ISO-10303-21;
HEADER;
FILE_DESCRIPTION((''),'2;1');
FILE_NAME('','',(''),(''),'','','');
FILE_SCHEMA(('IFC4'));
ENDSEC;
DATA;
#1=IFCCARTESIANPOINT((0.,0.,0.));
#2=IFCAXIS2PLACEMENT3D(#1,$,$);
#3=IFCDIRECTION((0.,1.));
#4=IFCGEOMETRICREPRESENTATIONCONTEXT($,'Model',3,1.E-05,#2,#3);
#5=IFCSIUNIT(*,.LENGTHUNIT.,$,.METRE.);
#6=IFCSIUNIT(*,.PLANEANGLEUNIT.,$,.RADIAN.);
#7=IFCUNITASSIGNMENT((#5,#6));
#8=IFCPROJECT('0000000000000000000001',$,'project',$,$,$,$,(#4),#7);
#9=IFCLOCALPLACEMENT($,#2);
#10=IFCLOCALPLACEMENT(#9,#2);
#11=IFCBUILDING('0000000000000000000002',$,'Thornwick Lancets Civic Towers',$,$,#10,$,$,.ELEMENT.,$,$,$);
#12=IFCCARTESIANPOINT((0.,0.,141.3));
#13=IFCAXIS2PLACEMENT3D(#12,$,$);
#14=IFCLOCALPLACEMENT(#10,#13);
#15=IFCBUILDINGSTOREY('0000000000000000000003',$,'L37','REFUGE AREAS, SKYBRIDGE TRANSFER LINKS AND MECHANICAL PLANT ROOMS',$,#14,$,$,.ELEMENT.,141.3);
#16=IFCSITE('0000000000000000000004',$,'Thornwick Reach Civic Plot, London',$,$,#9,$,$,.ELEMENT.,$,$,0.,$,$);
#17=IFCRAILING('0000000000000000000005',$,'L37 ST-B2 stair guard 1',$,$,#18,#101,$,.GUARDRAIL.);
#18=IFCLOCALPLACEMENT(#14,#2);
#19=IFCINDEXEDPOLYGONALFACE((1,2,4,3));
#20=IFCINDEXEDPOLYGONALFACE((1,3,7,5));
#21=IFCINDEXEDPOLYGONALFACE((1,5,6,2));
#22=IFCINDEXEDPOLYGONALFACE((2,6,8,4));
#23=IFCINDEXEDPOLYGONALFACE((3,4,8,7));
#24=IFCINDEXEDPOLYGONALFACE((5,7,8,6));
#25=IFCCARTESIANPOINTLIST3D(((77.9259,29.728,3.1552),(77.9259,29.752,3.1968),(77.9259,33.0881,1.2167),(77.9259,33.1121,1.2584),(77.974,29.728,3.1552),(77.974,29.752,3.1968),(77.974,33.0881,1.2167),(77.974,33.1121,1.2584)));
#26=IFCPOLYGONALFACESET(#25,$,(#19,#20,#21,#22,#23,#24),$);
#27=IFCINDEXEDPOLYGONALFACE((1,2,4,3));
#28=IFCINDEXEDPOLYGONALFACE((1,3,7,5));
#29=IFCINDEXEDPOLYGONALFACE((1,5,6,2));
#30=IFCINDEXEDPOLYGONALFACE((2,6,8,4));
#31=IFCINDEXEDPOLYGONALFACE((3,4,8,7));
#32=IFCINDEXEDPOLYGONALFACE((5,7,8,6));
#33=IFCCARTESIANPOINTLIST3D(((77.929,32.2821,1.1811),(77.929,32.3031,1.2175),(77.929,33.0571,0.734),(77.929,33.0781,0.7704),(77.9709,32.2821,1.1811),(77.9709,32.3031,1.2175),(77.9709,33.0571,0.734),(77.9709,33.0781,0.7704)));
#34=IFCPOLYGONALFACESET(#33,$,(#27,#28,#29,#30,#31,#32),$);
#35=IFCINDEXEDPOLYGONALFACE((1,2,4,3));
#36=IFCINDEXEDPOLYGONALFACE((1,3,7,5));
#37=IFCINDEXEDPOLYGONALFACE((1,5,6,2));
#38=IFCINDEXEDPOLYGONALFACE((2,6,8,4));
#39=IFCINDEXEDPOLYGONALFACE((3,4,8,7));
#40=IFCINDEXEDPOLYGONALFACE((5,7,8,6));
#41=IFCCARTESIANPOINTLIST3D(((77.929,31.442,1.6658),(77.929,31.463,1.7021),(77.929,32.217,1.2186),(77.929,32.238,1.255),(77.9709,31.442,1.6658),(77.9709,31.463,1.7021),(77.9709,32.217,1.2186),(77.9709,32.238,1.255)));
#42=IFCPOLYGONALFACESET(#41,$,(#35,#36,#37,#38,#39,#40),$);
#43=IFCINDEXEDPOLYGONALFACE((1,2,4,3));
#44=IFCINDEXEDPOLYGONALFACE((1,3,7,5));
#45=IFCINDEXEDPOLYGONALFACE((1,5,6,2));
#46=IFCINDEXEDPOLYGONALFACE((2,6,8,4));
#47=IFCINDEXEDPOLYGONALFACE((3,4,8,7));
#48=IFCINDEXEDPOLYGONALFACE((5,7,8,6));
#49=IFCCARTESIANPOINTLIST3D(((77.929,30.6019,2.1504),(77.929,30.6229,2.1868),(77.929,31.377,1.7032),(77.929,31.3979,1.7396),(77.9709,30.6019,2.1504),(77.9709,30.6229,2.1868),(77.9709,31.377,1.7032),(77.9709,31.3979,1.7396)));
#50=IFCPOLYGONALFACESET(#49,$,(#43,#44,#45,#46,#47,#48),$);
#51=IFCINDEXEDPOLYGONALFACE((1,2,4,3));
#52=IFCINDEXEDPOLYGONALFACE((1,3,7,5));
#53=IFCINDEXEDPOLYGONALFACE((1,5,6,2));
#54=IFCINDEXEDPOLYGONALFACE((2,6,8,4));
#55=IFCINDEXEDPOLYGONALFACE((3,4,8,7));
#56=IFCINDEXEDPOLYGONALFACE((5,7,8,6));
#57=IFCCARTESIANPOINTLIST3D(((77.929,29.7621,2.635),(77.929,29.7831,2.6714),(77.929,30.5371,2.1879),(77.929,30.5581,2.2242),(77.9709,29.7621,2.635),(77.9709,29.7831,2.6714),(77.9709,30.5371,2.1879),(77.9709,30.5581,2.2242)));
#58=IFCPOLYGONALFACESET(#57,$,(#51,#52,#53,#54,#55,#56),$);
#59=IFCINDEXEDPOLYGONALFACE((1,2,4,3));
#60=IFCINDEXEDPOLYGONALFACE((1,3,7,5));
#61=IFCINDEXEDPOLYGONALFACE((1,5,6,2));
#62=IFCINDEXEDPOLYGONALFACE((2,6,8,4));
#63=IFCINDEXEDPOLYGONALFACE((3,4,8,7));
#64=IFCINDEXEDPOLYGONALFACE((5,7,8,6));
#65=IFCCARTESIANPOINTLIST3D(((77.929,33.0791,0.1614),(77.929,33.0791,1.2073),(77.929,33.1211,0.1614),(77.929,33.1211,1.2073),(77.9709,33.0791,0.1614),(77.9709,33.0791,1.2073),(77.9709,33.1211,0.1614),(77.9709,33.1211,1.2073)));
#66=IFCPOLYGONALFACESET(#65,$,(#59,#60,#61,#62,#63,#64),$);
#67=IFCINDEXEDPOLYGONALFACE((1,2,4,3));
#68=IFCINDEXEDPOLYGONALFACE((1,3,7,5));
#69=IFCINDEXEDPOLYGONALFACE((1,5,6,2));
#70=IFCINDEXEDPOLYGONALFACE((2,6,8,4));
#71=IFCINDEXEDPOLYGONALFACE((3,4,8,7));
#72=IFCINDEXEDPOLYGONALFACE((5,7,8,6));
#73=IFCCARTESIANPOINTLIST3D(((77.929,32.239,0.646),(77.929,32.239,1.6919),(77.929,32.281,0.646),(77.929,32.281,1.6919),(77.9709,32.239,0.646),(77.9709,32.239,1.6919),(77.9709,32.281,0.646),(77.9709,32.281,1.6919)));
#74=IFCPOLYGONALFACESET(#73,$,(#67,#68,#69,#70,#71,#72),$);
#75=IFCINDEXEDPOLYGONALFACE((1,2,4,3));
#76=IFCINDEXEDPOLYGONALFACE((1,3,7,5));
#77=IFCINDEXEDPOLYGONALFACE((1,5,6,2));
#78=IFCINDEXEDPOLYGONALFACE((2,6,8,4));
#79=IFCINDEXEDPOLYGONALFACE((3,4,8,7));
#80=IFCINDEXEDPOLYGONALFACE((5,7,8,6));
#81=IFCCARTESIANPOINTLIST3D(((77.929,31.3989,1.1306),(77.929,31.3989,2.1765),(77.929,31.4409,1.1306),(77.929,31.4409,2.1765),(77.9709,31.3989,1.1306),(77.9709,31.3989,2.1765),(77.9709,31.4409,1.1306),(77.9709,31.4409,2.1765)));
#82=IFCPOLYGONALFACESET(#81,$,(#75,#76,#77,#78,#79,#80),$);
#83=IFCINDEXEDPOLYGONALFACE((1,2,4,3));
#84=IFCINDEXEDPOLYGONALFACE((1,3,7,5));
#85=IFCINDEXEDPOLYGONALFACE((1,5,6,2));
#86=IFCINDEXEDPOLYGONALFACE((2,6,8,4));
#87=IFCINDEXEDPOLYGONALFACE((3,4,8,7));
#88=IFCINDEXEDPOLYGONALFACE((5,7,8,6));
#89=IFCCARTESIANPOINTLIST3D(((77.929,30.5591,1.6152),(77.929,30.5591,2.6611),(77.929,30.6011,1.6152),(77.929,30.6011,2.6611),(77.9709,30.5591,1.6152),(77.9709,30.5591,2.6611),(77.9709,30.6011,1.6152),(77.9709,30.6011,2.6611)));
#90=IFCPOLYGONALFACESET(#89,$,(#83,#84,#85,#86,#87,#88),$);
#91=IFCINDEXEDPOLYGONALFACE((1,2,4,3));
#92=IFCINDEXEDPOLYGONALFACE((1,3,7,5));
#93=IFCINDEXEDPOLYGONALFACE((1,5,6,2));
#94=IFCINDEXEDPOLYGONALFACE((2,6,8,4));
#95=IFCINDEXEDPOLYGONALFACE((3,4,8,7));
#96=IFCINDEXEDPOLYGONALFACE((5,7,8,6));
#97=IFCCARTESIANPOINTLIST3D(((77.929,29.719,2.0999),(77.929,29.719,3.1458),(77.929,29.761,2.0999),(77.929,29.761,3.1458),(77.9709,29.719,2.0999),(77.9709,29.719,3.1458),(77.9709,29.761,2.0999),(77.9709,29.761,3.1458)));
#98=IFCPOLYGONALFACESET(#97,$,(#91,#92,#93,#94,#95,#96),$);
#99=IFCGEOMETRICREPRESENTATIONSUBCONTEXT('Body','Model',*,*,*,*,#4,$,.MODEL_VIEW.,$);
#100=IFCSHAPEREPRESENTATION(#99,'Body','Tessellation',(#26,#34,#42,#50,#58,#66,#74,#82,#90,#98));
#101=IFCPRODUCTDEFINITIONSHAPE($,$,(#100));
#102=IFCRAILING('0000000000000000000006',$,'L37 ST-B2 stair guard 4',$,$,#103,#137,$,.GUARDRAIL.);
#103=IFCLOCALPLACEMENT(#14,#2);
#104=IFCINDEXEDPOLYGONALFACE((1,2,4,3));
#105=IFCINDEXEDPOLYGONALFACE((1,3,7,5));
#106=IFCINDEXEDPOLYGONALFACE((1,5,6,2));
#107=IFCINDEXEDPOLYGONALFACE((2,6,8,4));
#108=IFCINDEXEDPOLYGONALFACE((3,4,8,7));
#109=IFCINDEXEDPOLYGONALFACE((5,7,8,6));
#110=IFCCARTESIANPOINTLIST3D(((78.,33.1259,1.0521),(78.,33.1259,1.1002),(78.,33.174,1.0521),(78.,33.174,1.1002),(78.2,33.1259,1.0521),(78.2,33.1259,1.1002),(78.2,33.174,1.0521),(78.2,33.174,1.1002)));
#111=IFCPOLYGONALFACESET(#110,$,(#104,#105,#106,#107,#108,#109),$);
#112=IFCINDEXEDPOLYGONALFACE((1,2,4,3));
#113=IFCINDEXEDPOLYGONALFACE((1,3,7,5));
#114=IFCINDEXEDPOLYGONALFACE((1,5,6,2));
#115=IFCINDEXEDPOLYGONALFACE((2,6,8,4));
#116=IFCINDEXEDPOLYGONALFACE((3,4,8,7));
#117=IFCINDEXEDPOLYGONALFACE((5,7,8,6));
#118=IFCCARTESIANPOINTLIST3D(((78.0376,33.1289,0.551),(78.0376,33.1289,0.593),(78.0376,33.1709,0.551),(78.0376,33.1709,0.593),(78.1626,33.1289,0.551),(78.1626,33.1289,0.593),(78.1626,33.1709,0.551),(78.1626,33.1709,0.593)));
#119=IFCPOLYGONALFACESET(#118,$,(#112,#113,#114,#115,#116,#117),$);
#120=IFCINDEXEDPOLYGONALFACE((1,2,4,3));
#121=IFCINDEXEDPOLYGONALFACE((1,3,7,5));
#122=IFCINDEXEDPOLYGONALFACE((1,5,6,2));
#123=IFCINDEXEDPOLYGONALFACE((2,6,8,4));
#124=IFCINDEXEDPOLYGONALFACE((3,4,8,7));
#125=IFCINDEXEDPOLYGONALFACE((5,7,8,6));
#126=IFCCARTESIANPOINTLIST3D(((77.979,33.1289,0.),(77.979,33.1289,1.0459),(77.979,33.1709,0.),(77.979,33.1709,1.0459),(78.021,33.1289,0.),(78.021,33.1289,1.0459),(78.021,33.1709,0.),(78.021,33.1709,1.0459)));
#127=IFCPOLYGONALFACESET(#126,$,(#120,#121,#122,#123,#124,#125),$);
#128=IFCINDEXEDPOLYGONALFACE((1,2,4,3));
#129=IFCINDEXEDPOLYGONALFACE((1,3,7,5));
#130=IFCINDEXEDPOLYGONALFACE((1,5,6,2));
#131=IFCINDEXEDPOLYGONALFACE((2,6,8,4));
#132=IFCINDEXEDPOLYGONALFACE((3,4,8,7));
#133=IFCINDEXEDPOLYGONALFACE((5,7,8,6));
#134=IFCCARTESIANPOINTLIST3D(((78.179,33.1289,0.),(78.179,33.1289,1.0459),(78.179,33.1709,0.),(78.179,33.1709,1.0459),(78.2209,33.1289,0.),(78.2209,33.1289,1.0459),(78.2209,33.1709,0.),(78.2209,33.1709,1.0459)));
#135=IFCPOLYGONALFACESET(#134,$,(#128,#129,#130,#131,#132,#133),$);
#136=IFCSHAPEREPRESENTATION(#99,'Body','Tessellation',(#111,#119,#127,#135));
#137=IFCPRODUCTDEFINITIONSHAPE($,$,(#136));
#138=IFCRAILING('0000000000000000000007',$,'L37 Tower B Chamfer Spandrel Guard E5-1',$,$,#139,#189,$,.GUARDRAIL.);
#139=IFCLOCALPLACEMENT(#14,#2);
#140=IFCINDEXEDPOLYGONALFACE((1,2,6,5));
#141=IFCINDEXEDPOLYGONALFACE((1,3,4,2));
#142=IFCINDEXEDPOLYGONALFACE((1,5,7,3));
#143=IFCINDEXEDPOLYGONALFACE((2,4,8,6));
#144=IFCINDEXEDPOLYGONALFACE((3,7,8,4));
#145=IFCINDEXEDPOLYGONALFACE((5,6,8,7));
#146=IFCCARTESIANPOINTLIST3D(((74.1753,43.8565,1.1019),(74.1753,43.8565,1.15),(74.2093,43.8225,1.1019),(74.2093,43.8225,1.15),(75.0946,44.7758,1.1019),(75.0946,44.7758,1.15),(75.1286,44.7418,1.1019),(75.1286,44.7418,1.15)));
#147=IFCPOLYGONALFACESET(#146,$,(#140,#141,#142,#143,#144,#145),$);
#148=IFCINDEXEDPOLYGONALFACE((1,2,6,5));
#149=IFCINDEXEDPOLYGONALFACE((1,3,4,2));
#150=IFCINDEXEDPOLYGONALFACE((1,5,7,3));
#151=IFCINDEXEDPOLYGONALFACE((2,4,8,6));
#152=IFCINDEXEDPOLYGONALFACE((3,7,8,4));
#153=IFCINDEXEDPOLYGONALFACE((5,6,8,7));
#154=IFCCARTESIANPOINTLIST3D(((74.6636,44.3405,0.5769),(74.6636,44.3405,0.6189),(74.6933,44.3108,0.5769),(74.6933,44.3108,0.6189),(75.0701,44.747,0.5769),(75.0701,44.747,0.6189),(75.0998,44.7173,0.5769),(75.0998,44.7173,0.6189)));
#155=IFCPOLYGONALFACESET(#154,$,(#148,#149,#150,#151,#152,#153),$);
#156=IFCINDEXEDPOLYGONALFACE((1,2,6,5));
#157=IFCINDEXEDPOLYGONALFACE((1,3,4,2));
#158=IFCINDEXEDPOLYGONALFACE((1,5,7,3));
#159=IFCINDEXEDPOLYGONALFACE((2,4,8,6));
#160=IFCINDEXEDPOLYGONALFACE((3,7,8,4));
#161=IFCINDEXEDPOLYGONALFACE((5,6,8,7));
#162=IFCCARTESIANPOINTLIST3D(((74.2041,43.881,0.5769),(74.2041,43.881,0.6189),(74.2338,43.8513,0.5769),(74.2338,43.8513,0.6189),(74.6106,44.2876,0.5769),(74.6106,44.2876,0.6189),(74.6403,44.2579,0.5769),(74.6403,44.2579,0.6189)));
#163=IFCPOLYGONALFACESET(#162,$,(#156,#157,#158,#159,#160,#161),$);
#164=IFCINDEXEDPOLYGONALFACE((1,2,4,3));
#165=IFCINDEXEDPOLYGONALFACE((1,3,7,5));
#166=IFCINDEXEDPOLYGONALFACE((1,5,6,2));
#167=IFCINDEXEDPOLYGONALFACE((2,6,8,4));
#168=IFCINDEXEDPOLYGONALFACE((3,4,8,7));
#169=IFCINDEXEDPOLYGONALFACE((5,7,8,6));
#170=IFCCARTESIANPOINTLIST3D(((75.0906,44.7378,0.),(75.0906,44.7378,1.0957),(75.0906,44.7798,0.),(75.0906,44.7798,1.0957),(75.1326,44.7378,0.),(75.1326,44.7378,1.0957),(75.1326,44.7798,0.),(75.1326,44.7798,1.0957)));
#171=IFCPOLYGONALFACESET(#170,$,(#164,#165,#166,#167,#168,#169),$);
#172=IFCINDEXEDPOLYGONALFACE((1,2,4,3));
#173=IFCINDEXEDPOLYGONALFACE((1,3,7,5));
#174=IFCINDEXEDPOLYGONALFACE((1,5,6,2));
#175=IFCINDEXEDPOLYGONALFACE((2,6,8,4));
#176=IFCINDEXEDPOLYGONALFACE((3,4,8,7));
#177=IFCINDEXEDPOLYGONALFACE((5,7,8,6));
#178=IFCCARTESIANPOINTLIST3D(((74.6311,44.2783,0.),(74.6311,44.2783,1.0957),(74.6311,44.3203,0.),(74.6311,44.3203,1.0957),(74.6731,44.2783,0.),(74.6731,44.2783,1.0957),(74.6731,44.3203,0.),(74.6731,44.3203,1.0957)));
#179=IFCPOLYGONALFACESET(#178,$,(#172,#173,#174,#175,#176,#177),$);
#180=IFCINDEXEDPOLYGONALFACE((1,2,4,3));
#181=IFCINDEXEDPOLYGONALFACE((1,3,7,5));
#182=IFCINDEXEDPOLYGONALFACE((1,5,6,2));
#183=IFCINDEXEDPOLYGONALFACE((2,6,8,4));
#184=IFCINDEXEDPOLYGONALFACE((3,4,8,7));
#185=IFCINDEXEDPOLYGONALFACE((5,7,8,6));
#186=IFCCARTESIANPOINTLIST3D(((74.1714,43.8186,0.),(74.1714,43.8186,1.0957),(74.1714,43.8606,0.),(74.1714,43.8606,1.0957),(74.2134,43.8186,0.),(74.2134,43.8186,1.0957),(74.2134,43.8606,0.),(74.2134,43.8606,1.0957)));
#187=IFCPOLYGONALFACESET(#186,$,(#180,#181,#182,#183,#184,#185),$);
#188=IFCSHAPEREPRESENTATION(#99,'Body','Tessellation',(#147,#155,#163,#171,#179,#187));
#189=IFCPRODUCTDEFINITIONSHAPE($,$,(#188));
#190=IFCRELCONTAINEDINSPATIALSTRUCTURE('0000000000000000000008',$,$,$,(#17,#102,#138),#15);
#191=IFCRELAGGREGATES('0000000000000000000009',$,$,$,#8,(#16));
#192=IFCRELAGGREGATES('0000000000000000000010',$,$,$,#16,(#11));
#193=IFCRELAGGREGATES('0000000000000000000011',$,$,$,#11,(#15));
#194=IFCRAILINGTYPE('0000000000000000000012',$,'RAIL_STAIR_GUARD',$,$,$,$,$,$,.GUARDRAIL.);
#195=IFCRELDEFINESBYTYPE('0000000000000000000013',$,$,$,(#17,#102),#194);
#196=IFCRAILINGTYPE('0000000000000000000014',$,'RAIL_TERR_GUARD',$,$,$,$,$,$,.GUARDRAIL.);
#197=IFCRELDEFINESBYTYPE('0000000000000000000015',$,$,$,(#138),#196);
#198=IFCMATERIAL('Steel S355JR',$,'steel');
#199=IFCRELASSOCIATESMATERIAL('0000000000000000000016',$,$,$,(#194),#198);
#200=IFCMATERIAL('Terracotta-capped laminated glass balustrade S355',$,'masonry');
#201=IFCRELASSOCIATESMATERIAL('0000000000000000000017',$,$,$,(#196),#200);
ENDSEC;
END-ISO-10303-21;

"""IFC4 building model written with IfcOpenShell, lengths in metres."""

from ifc_helpers import new_model, si_unit, direction, frame, origin, origin_2d, place, context, subcontext, project, spatial, rectangle, extrude, material, type_object, element, save


model = new_model("IFC4")

# Units and contexts
model_context = context("Model", 3, precision=1e-05, world=origin(), true_north=direction((0.0, 1.0)))
body_context = subcontext(model_context, "Body", "Model", "MODEL_VIEW")
ifc_project = project(units=[si_unit("LENGTHUNIT", "METRE"), si_unit("PLANEANGLEUNIT", "RADIAN")], contexts=[model_context])

# Site, building, storey
site_placement = place(None, origin())
site = spatial("IfcSite", under=ifc_project, at=site_placement, Name="Thornwick Reach Civic Plot, London", CompositionType="ELEMENT", RefElevation=0.0)
building_placement = place(site_placement, origin())
building = spatial("IfcBuilding", under=site, at=building_placement, Name="Thornwick Lancets Civic Towers", CompositionType="ELEMENT")
storey_placement = place(building_placement, frame((0.0, 0.0, 141.3)))
storey = spatial("IfcBuildingStorey", under=building, at=storey_placement, Name="L37", Description="REFUGE AREAS, SKYBRIDGE TRANSFER LINKS AND MECHANICAL PLANT ROOMS", CompositionType="ELEMENT", Elevation=141.3)

# Railings
ifc_material_1 = material(Name="Steel S355JR", Category="steel")
railing_type_1 = type_object("IfcRailingType", Name="RAIL_STAIR_GUARD", PredefinedType="GUARDRAIL", material=ifc_material_1)
railing_1_placement = place(storey_placement, frame((77.95, 33.1001, 0.1614)))
element("IfcRailing", 1, at=railing_1_placement, inside=storey, type_object=railing_type_1, Name="L37 ST-B2 stair guard 1", PredefinedType="GUARDRAIL", context=body_context, shape_type="SweptSolid", body=[
    extrude(rectangle(XDim=0.0481, YDim=0.0481, at=origin_2d()), frame((0.0, 0.0, 1.0762), z_axis=(0.0, -0.866191, 0.499713), x_axis=(1.0, 0.0, 0.0)), (0.0, 0.0, 1.0), 3.8792),
    extrude(rectangle(XDim=0.042, YDim=0.042, at=origin_2d()), frame((0.0, -0.0325, 0.5908), z_axis=(0.0, -0.866191, 0.499713), x_axis=(1.0, 0.0, 0.0)), (0.0, 0.0, 1.0), 0.8948),
    extrude(rectangle(XDim=0.042, YDim=0.042, at=origin_2d()), frame((0.0, -0.8726, 1.0754), z_axis=(0.0, -0.866191, 0.499713), x_axis=(1.0, 0.0, 0.0)), (0.0, 0.0, 1.0), 0.8948),
    extrude(rectangle(XDim=0.042, YDim=0.042, at=origin_2d()), frame((0.0, -1.7126, 1.5601), z_axis=(0.0, -0.866191, 0.499713), x_axis=(1.0, 0.0, 0.0)), (0.0, 0.0, 1.0), 0.8948),
    extrude(rectangle(XDim=0.042, YDim=0.042, at=origin_2d()), frame((0.0, -2.5525, 2.0447), z_axis=(0.0, -0.866191, 0.499713), x_axis=(1.0, 0.0, 0.0)), (0.0, 0.0, 1.0), 0.8948),
    extrude(rectangle(XDim=0.042, YDim=0.042, at=origin_2d()), origin(), (0.0, 0.0, 1.0), 1.0459),
    extrude(rectangle(XDim=0.042, YDim=0.042, at=origin_2d()), frame((0.0, -0.8401, 0.4846)), (0.0, 0.0, 1.0), 1.0459),
    extrude(rectangle(XDim=0.042, YDim=0.042, at=origin_2d()), frame((0.0, -1.6802, 0.9692)), (0.0, 0.0, 1.0), 1.0459),
    extrude(rectangle(XDim=0.042, YDim=0.042, at=origin_2d()), frame((0.0, -2.52, 1.4539)), (0.0, 0.0, 1.0), 1.0459),
    extrude(rectangle(XDim=0.042, YDim=0.042, at=origin_2d()), frame((0.0, -3.3601, 1.9385)), (0.0, 0.0, 1.0), 1.0459),
])
railing_2_placement = place(storey_placement, frame((78.0, 33.1499, 0.0)))
element("IfcRailing", 2, at=railing_2_placement, inside=storey, type_object=railing_type_1, Name="L37 ST-B2 stair guard 4", PredefinedType="GUARDRAIL", context=body_context, shape_type="SweptSolid", body=[
    extrude(rectangle(XDim=0.0481, YDim=0.0481, at=origin_2d()), frame((0.0, 0.0, 1.0762), z_axis=(1.0, 0.0, 0.0), x_axis=(0.0, 1.0, 0.0)), (0.0, 0.0, 1.0), 0.2),
    extrude(rectangle(XDim=0.042, YDim=0.042, at=origin_2d()), frame((0.0376, 0.0, 0.572), z_axis=(1.0, 0.0, 0.0), x_axis=(0.0, 1.0, 0.0)), (0.0, 0.0, 1.0), 0.125),
    extrude(rectangle(XDim=0.042, YDim=0.042, at=origin_2d()), origin(), (0.0, 0.0, 1.0), 1.0459),
    extrude(rectangle(XDim=0.042, YDim=0.042, at=origin_2d()), frame((0.2, 0.0, 0.0)), (0.0, 0.0, 1.0), 1.0459),
])
ifc_material_2 = material(Name="Terracotta-capped laminated glass balustrade S355", Category="masonry")
railing_type_2 = type_object("IfcRailingType", Name="RAIL_TERR_GUARD", PredefinedType="GUARDRAIL", material=ifc_material_2)
railing_3_placement = place(storey_placement, frame((75.1116, 44.7588, 0.0)))
element("IfcRailing", 3, at=railing_3_placement, inside=storey, type_object=railing_type_2, Name="L37 Tower B Chamfer Spandrel Guard E5-1", PredefinedType="GUARDRAIL", context=body_context, shape_type="SweptSolid", body=[
    extrude(rectangle(XDim=0.0481, YDim=0.0481, at=origin_2d()), frame((0.0, 0.0, 1.126), z_axis=(-0.707107, -0.707107, 0.0), x_axis=(0.707107, -0.707107, 0.0)), (0.0, 0.0, 1.0), 1.3),
    extrude(rectangle(XDim=0.042, YDim=0.042, at=origin_2d()), frame((-0.0266, -0.0266, 0.5979), z_axis=(-0.707107, -0.707107, 0.0), x_axis=(0.707107, -0.707107, 0.0)), (0.0, 0.0, 1.0), 0.575),
    extrude(rectangle(XDim=0.042, YDim=0.042, at=origin_2d()), frame((-0.4861, -0.4861, 0.5979), z_axis=(-0.707107, -0.707107, 0.0), x_axis=(0.707107, -0.707107, 0.0)), (0.0, 0.0, 1.0), 0.575),
    extrude(rectangle(XDim=0.042, YDim=0.042, at=origin_2d()), origin(), (0.0, 0.0, 1.0), 1.0957),
    extrude(rectangle(XDim=0.042, YDim=0.042, at=origin_2d()), frame((-0.4595, -0.4595, 0.0)), (0.0, 0.0, 1.0), 1.0957),
    extrude(rectangle(XDim=0.042, YDim=0.042, at=origin_2d()), frame((-0.9192, -0.9192, 0.0)), (0.0, 0.0, 1.0), 1.0957),
])

save(model, "model.ifc")
